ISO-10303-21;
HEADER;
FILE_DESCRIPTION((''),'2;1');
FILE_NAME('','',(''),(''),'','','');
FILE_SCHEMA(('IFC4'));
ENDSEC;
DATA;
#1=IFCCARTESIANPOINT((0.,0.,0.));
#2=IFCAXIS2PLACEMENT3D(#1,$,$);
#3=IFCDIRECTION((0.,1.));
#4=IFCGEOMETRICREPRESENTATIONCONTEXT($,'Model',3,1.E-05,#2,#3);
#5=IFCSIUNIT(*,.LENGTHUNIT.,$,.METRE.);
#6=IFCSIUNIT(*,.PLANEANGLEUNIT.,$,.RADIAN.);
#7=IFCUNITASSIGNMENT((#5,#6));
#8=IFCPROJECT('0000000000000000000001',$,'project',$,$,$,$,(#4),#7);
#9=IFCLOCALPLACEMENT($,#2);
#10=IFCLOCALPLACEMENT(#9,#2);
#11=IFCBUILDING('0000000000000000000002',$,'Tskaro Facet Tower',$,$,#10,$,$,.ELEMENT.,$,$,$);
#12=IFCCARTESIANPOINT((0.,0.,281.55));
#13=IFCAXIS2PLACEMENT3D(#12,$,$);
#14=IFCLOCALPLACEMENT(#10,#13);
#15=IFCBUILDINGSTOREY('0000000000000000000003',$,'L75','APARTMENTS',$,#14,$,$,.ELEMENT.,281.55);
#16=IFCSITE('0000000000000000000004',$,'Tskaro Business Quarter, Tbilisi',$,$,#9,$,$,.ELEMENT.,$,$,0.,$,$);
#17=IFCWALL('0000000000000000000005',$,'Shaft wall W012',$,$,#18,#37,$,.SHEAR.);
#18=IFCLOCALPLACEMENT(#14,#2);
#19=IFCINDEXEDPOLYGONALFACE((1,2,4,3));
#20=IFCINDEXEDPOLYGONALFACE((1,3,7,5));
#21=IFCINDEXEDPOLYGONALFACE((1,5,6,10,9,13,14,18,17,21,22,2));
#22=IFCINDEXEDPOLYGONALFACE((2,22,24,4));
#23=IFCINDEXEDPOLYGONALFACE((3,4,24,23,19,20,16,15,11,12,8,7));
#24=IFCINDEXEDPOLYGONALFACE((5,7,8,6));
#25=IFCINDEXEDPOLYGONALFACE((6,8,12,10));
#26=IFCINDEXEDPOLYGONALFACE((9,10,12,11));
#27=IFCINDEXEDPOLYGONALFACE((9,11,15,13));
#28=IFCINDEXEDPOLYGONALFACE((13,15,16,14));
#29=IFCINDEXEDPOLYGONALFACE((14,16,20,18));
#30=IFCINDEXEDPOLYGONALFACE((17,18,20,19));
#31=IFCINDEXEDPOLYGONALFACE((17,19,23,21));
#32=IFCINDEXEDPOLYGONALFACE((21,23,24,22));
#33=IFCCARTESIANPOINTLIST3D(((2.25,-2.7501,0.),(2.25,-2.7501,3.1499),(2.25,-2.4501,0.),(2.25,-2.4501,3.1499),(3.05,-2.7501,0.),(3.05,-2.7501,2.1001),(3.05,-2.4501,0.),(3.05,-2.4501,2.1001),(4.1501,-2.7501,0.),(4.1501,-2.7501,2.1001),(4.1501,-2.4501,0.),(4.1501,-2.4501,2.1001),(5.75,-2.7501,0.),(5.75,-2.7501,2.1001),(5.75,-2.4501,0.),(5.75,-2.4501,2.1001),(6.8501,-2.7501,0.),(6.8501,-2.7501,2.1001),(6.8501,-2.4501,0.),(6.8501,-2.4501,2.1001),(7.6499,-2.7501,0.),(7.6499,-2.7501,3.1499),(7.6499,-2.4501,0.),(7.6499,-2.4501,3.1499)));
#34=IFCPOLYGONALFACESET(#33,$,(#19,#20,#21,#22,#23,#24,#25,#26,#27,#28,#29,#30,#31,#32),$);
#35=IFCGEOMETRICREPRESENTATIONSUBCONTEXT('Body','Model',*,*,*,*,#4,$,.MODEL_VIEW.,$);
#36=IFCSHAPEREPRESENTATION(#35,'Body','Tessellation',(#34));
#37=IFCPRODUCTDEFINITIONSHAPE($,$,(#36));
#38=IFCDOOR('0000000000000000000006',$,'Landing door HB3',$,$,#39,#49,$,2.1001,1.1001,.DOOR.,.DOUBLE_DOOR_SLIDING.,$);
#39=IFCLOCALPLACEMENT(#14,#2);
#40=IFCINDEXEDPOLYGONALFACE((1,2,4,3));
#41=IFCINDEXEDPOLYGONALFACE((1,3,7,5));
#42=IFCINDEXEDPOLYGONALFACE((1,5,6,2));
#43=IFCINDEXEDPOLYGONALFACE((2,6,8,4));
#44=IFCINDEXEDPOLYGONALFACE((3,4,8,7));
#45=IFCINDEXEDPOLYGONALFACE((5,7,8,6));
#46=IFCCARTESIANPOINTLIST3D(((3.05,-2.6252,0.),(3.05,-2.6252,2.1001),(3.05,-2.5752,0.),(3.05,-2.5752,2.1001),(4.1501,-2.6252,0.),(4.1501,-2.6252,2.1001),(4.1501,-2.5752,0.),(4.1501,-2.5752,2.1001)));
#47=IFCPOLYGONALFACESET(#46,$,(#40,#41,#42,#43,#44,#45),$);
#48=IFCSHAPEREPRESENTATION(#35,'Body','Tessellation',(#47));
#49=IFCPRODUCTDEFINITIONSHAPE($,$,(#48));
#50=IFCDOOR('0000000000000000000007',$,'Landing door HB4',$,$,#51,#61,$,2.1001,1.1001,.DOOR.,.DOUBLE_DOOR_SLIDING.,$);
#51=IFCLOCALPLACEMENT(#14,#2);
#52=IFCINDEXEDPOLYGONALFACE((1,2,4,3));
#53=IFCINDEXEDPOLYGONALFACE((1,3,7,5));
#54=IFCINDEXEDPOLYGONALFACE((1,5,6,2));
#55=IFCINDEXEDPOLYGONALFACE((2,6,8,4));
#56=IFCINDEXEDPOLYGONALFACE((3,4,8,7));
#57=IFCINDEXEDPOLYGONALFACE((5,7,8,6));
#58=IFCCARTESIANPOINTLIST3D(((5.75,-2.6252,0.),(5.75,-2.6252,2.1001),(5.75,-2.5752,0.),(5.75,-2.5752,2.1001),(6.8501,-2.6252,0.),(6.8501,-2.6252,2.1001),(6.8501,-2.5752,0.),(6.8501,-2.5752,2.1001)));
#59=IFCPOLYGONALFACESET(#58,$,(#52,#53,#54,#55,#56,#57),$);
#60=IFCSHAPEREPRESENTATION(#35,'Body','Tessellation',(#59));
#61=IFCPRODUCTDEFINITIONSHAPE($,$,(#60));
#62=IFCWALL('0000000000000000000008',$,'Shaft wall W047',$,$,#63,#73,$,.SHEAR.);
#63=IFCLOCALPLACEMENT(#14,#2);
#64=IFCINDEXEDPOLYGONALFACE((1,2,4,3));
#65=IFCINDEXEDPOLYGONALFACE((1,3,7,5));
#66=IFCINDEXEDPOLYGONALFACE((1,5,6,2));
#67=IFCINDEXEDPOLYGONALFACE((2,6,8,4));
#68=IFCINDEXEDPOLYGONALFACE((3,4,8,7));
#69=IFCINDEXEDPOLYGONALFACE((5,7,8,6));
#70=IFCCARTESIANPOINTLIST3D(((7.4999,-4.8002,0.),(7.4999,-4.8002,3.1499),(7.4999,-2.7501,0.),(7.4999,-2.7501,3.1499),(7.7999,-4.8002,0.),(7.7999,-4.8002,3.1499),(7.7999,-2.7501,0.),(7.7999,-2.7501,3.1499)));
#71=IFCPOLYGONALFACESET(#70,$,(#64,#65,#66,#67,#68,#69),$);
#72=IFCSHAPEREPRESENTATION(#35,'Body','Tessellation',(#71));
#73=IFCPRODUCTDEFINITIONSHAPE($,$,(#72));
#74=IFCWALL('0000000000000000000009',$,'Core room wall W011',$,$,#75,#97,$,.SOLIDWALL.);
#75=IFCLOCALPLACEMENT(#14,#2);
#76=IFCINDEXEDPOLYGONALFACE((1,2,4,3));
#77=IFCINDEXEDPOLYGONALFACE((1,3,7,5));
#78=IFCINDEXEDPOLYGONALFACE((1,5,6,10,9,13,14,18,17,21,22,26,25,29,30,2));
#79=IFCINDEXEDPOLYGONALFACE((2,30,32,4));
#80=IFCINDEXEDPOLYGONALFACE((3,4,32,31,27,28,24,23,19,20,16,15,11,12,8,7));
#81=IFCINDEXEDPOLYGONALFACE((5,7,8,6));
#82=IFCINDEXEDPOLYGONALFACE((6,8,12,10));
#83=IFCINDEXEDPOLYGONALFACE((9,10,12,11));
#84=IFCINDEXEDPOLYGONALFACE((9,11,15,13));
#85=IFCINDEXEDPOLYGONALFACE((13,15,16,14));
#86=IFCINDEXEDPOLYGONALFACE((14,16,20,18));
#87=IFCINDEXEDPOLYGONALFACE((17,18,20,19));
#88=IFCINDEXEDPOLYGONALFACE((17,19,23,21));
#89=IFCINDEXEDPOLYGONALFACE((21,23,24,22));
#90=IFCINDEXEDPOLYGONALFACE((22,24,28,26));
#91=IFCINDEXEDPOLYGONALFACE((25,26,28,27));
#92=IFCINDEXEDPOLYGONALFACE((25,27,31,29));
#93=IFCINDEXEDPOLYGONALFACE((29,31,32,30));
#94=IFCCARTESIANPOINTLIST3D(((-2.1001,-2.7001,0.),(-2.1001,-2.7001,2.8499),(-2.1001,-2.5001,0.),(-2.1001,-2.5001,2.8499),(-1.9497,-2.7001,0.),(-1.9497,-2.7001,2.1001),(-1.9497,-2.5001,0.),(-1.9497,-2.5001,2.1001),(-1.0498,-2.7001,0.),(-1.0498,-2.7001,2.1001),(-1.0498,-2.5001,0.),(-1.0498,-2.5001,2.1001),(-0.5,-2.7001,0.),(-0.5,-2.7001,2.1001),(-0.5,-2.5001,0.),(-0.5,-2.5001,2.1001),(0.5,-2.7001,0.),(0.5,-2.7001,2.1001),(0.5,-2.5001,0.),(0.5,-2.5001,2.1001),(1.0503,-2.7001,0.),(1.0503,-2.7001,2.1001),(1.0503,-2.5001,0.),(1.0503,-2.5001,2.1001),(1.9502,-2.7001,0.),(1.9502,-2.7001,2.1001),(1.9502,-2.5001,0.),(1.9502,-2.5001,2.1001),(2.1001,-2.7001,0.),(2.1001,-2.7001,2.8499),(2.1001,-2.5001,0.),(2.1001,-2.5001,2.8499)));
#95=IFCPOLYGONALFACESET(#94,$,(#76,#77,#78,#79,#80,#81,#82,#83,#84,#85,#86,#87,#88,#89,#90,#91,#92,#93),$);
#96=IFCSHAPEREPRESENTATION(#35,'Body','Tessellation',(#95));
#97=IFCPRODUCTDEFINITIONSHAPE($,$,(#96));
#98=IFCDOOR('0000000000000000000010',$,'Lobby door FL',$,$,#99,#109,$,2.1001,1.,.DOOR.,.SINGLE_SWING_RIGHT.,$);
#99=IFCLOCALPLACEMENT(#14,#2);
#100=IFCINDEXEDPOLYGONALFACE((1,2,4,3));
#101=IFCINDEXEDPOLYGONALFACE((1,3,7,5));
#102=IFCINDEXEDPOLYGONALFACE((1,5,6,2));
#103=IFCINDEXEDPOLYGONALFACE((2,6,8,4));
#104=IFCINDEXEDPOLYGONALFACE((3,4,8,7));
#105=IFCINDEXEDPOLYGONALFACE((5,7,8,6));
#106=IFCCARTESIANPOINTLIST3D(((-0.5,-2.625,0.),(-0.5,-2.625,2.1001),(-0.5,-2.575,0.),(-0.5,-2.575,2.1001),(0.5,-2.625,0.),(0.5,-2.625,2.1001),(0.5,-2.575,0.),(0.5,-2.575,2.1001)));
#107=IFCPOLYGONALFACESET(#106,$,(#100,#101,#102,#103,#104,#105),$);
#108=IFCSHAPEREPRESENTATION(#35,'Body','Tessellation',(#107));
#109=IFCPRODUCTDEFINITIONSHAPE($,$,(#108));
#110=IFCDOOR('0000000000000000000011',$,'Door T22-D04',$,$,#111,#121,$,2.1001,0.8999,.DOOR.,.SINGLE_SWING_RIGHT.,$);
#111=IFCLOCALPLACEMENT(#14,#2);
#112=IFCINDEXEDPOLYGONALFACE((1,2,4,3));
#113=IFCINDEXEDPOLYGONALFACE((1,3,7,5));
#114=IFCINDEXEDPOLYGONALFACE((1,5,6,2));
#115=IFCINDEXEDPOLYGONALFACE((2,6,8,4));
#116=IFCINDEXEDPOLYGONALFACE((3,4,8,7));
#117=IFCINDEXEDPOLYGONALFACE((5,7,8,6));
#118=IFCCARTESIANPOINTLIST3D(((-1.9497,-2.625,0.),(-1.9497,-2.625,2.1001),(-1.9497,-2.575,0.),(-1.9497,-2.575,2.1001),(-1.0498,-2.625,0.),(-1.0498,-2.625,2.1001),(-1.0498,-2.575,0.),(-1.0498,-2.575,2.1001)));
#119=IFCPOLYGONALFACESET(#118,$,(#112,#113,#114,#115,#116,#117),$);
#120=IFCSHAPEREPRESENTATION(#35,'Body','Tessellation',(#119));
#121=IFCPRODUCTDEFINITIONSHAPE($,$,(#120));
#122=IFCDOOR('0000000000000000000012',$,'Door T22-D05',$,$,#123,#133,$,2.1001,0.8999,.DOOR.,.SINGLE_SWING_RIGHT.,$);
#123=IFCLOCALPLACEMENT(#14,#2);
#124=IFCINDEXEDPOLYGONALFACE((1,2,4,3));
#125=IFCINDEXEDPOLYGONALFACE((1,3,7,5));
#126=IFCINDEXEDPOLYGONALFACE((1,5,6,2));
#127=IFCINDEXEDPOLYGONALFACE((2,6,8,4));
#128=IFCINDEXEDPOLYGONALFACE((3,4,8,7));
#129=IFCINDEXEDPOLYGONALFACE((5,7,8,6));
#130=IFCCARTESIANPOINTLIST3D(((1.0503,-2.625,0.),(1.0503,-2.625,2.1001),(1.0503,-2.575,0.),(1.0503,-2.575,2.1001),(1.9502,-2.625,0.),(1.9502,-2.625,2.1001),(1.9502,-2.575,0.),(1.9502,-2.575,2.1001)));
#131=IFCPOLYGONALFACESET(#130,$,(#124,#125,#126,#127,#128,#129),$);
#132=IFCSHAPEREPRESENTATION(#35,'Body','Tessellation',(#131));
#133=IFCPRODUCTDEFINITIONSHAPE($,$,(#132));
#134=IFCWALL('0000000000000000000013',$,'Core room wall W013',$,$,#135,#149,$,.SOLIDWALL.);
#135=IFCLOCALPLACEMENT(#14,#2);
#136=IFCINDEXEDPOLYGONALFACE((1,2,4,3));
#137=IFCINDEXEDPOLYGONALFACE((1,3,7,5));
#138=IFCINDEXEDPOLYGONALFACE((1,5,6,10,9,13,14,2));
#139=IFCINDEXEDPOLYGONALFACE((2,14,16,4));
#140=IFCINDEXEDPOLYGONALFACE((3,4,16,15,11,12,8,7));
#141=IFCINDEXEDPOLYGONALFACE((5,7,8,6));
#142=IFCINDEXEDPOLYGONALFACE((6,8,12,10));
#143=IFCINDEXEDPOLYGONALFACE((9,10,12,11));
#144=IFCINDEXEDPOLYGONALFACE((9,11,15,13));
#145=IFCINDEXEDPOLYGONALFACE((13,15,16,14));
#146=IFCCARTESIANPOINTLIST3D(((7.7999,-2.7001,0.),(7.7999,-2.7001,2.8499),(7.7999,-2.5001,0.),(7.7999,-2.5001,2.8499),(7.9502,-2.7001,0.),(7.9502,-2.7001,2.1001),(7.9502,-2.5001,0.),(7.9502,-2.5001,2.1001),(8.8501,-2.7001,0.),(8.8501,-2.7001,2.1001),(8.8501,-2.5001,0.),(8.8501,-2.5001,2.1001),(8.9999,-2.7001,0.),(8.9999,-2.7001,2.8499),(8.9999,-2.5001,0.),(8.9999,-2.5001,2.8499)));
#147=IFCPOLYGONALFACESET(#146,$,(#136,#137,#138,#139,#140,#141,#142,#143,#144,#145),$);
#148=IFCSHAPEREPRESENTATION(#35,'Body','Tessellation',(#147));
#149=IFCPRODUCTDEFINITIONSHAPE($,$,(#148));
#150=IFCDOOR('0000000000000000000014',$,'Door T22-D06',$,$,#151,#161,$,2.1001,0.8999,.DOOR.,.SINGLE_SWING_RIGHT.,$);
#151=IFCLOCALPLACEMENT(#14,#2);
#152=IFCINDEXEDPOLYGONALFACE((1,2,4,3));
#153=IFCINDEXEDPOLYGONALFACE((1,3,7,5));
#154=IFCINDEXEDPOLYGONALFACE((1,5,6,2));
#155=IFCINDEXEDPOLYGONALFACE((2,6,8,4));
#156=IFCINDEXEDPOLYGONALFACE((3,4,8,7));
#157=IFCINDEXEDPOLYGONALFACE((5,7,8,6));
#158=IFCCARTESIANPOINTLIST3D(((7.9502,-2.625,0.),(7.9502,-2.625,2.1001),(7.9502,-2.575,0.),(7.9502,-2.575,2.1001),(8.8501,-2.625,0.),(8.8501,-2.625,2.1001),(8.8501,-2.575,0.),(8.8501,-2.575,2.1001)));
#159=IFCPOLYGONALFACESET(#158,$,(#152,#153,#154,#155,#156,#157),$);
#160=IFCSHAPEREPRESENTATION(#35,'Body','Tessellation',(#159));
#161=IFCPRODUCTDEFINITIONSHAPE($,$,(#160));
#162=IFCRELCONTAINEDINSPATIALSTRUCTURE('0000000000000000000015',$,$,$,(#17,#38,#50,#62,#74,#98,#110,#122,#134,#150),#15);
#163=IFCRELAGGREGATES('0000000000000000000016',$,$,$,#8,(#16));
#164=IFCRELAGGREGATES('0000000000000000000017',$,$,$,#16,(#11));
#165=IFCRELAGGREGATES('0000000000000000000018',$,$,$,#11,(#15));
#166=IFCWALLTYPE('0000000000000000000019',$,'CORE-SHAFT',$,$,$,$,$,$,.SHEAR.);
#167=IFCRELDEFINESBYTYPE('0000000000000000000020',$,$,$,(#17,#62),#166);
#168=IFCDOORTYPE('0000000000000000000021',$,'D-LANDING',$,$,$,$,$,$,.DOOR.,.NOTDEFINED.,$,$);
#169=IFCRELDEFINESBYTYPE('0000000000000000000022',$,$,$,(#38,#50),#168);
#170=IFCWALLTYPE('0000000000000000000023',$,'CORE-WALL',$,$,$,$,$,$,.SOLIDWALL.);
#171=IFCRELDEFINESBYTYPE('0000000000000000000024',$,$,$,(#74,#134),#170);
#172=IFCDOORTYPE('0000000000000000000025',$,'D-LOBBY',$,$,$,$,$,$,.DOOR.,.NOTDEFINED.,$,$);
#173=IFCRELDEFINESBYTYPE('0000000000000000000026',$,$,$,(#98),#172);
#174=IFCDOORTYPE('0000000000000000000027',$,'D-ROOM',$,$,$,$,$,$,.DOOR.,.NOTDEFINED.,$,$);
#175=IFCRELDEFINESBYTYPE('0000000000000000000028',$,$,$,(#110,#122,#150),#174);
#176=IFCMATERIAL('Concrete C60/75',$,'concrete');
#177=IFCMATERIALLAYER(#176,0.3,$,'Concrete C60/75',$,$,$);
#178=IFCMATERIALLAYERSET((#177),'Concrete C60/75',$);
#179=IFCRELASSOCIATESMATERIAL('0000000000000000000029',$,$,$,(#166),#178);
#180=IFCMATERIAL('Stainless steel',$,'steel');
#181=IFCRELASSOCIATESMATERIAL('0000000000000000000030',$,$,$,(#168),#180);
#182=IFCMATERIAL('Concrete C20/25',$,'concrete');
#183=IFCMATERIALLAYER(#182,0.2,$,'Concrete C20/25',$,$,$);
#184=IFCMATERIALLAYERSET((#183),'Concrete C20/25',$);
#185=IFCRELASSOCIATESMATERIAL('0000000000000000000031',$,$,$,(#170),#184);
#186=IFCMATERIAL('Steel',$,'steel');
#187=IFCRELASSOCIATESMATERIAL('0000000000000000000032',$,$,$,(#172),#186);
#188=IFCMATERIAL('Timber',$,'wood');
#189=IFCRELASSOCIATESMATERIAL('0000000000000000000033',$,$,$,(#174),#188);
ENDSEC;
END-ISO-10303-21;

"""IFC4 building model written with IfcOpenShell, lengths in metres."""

from ifc_helpers import new_model, si_unit, direction, frame, frame_2d, origin, place, context, subcontext, project, spatial, rectangle, extrude, material, layer, layer_set, type_object, element, fill, save


model = new_model("IFC4")

# Units and contexts
model_context = context("Model", 3, precision=1e-05, world=origin(), true_north=direction((0.0, 1.0)))
body_context = subcontext(model_context, "Body", "Model", "MODEL_VIEW")
ifc_project = project(units=[si_unit("LENGTHUNIT", "METRE"), si_unit("PLANEANGLEUNIT", "RADIAN")], contexts=[model_context])

# Site, building, storey
site_placement = place(None, origin())
site = spatial("IfcSite", under=ifc_project, at=site_placement, Name="Tskaro Business Quarter, Tbilisi", CompositionType="ELEMENT", RefElevation=0.0)
building_placement = place(site_placement, origin())
building = spatial("IfcBuilding", under=site, at=building_placement, Name="Tskaro Facet Tower", CompositionType="ELEMENT")
storey_placement = place(building_placement, frame((0.0, 0.0, 281.55)))
storey = spatial("IfcBuildingStorey", under=building, at=storey_placement, Name="L75", Description="APARTMENTS", CompositionType="ELEMENT", Elevation=281.55)

# Wall, openings, doors
ifc_material_1 = material(Name="Concrete C60/75", Category="concrete")
ifc_layer_1 = layer(ifc_material_1, 0.3, Name="Concrete C60/75")
ifc_layer_set_1 = layer_set([ifc_layer_1], Name="Concrete C60/75")
wall_type_1 = type_object("IfcWallType", Name="CORE-SHAFT", PredefinedType="SHEAR", material=ifc_layer_set_1)
wall_1_placement = place(storey_placement, frame((2.25, -2.6001, 0.0), z_axis=(0.0, 0.0, 1.0), x_axis=(1.0, 0.0, 0.0)))
wall_1 = element("IfcWall", 1, at=wall_1_placement, inside=storey, type_object=wall_type_1, Name="Shaft wall W012", PredefinedType="SHEAR", context=body_context, shape_type="SweptSolid", body=[
    extrude(rectangle(XDim=5.3999, YDim=0.3, at=frame_2d((2.7, 0.0))), origin(), (0.0, 0.0, 1.0), 3.1499),
])
opening_1_placement = place(wall_1_placement, frame((0.8, 0.0, 0.0)))
opening_1 = element("IfcOpeningElement", 2, at=opening_1_placement, cuts=wall_1, PredefinedType="OPENING", context=body_context, shape_type="SweptSolid", body=[
    extrude(rectangle(XDim=1.1001, YDim=2.1001, at=frame_2d((0.55, 1.05))), frame((0.0, 0.1599, 0.0), z_axis=(0.0, -1.0, 0.0), x_axis=(1.0, 0.0, 0.0)), (0.0, 0.0, 1.0), 0.3201),
])
opening_2_placement = place(wall_1_placement, frame((3.5, 0.0, 0.0)))
opening_2 = element("IfcOpeningElement", 3, at=opening_2_placement, cuts=wall_1, PredefinedType="OPENING", context=body_context, shape_type="SweptSolid", body=[
    extrude(rectangle(XDim=1.1001, YDim=2.1001, at=frame_2d((0.55, 1.05))), frame((0.0, 0.1599, 0.0), z_axis=(0.0, -1.0, 0.0), x_axis=(1.0, 0.0, 0.0)), (0.0, 0.0, 1.0), 0.3201),
])
ifc_material_2 = material(Name="Stainless steel", Category="steel")
door_type_1 = type_object("IfcDoorType", Name="D-LANDING", OperationType="NOTDEFINED", PredefinedType="DOOR", material=ifc_material_2)
door_1_placement = place(opening_1_placement, origin())
door_1 = element("IfcDoor", 4, at=door_1_placement, inside=storey, type_object=door_type_1, Name="Landing door HB3", OperationType="DOUBLE_DOOR_SLIDING", OverallHeight=2.1001, OverallWidth=1.1001, PredefinedType="DOOR", context=body_context, shape_type="SweptSolid", body=[
    extrude(rectangle(XDim=1.1001, YDim=2.1001, at=frame_2d((0.55, 1.05))), frame((0.0, 0.0249, 0.0), z_axis=(0.0, -1.0, 0.0), x_axis=(1.0, 0.0, 0.0)), (0.0, 0.0, 1.0), 0.05),
])
fill(opening_1, door_1)
door_2_placement = place(opening_2_placement, origin())
door_2 = element("IfcDoor", 5, at=door_2_placement, inside=storey, type_object=door_type_1, Name="Landing door HB4", OperationType="DOUBLE_DOOR_SLIDING", OverallHeight=2.1001, OverallWidth=1.1001, PredefinedType="DOOR", context=body_context, shape_type="SweptSolid", body=[
    extrude(rectangle(XDim=1.1001, YDim=2.1001, at=frame_2d((0.55, 1.05))), frame((0.0, 0.0249, 0.0), z_axis=(0.0, -1.0, 0.0), x_axis=(1.0, 0.0, 0.0)), (0.0, 0.0, 1.0), 0.05),
])
fill(opening_2, door_2)

# Wall
wall_2_placement = place(storey_placement, frame((7.6499, -4.8, 0.0), z_axis=(0.0, 0.0, 1.0), x_axis=(0.0, 1.0, 0.0)))
element("IfcWall", 6, at=wall_2_placement, inside=storey, type_object=wall_type_1, Name="Shaft wall W047", PredefinedType="SHEAR", context=body_context, shape_type="SweptSolid", body=[
    extrude(rectangle(XDim=2.05, YDim=0.3, at=frame_2d((1.0249, 0.0))), origin(), (0.0, 0.0, 1.0), 3.1499),
])

# Wall, openings, doors
ifc_material_3 = material(Name="Concrete C20/25", Category="concrete")
ifc_layer_2 = layer(ifc_material_3, 0.2, Name="Concrete C20/25")
ifc_layer_set_2 = layer_set([ifc_layer_2], Name="Concrete C20/25")
wall_type_2 = type_object("IfcWallType", Name="CORE-WALL", PredefinedType="SOLIDWALL", material=ifc_layer_set_2)
wall_3_placement = place(storey_placement, frame((2.1001, -2.6001, 0.0), z_axis=(0.0, 0.0, 1.0), x_axis=(-1.0, 0.0, 0.0)))
wall_3 = element("IfcWall", 7, at=wall_3_placement, inside=storey, type_object=wall_type_2, Name="Core room wall W011", PredefinedType="SOLIDWALL", context=body_context, shape_type="SweptSolid", body=[
    extrude(rectangle(XDim=4.2002, YDim=0.2, at=frame_2d((2.1001, 0.0))), origin(), (0.0, 0.0, 1.0), 2.8499),
])
opening_3_placement = place(wall_3_placement, frame((1.6001, 0.0, 0.0)))
opening_3 = element("IfcOpeningElement", 8, at=opening_3_placement, cuts=wall_3, PredefinedType="OPENING", context=body_context, shape_type="SweptSolid", body=[
    extrude(rectangle(XDim=1.0, YDim=2.1001, at=frame_2d((0.5, 1.05))), frame((0.0, 0.1099, 0.0), z_axis=(0.0, -1.0, 0.0), x_axis=(1.0, 0.0, 0.0)), (0.0, 0.0, 1.0), 0.22),
])
opening_4_placement = place(wall_3_placement, frame((3.1499, 0.0, 0.0)))
opening_4 = element("IfcOpeningElement", 9, at=opening_4_placement, cuts=wall_3, PredefinedType="OPENING", context=body_context, shape_type="SweptSolid", body=[
    extrude(rectangle(XDim=0.8999, YDim=2.1001, at=frame_2d((0.45, 1.05))), frame((0.0, 0.1099, 0.0), z_axis=(0.0, -1.0, 0.0), x_axis=(1.0, 0.0, 0.0)), (0.0, 0.0, 1.0), 0.22),
])
opening_5_placement = place(wall_3_placement, frame((0.1499, 0.0, 0.0)))
opening_5 = element("IfcOpeningElement", 10, at=opening_5_placement, cuts=wall_3, PredefinedType="OPENING", context=body_context, shape_type="SweptSolid", body=[
    extrude(rectangle(XDim=0.8999, YDim=2.1001, at=frame_2d((0.45, 1.05))), frame((0.0, 0.1099, 0.0), z_axis=(0.0, -1.0, 0.0), x_axis=(1.0, 0.0, 0.0)), (0.0, 0.0, 1.0), 0.22),
])
ifc_material_4 = material(Name="Steel", Category="steel")
door_type_2 = type_object("IfcDoorType", Name="D-LOBBY", OperationType="NOTDEFINED", PredefinedType="DOOR", material=ifc_material_4)
door_3_placement = place(opening_3_placement, origin())
door_3 = element("IfcDoor", 11, at=door_3_placement, inside=storey, type_object=door_type_2, Name="Lobby door FL", OperationType="SINGLE_SWING_RIGHT", OverallHeight=2.1001, OverallWidth=1.0, PredefinedType="DOOR", context=body_context, shape_type="SweptSolid", body=[
    extrude(rectangle(XDim=1.0, YDim=2.1001, at=frame_2d((0.5, 1.05))), frame((0.0, 0.0249, 0.0), z_axis=(0.0, -1.0, 0.0), x_axis=(1.0, 0.0, 0.0)), (0.0, 0.0, 1.0), 0.05),
])
fill(opening_3, door_3)
ifc_material_5 = material(Name="Timber", Category="wood")
door_type_3 = type_object("IfcDoorType", Name="D-ROOM", OperationType="NOTDEFINED", PredefinedType="DOOR", material=ifc_material_5)
door_4_placement = place(opening_4_placement, origin())
door_4 = element("IfcDoor", 12, at=door_4_placement, inside=storey, type_object=door_type_3, Name="Door T22-D04", OperationType="SINGLE_SWING_RIGHT", OverallHeight=2.1001, OverallWidth=0.8999, PredefinedType="DOOR", context=body_context, shape_type="SweptSolid", body=[
    extrude(rectangle(XDim=0.8999, YDim=2.1001, at=frame_2d((0.45, 1.05))), frame((0.0, 0.0249, 0.0), z_axis=(0.0, -1.0, 0.0), x_axis=(1.0, 0.0, 0.0)), (0.0, 0.0, 1.0), 0.05),
])
fill(opening_4, door_4)
door_5_placement = place(opening_5_placement, origin())
door_5 = element("IfcDoor", 13, at=door_5_placement, inside=storey, type_object=door_type_3, Name="Door T22-D05", OperationType="SINGLE_SWING_RIGHT", OverallHeight=2.1001, OverallWidth=0.8999, PredefinedType="DOOR", context=body_context, shape_type="SweptSolid", body=[
    extrude(rectangle(XDim=0.8999, YDim=2.1001, at=frame_2d((0.45, 1.05))), frame((0.0, 0.0249, 0.0), z_axis=(0.0, -1.0, 0.0), x_axis=(1.0, 0.0, 0.0)), (0.0, 0.0, 1.0), 0.05),
])
fill(opening_5, door_5)

# Wall, opening, door
wall_4_placement = place(storey_placement, frame((9.0, -2.6001, 0.0), z_axis=(0.0, 0.0, 1.0), x_axis=(-1.0, 0.0, 0.0)))
wall_4 = element("IfcWall", 14, at=wall_4_placement, inside=storey, type_object=wall_type_2, Name="Core room wall W013", PredefinedType="SOLIDWALL", context=body_context, shape_type="SweptSolid", body=[
    extrude(rectangle(XDim=1.2, YDim=0.2, at=frame_2d((0.6001, 0.0))), origin(), (0.0, 0.0, 1.0), 2.8499),
])
opening_6_placement = place(wall_4_placement, frame((0.1499, 0.0, 0.0)))
opening_6 = element("IfcOpeningElement", 15, at=opening_6_placement, cuts=wall_4, PredefinedType="OPENING", context=body_context, shape_type="SweptSolid", body=[
    extrude(rectangle(XDim=0.8999, YDim=2.1001, at=frame_2d((0.45, 1.05))), frame((0.0, 0.1099, 0.0), z_axis=(0.0, -1.0, 0.0), x_axis=(1.0, 0.0, 0.0)), (0.0, 0.0, 1.0), 0.22),
])
door_6_placement = place(opening_6_placement, origin())
door_6 = element("IfcDoor", 16, at=door_6_placement, inside=storey, type_object=door_type_3, Name="Door T22-D06", OperationType="SINGLE_SWING_RIGHT", OverallHeight=2.1001, OverallWidth=0.8999, PredefinedType="DOOR", context=body_context, shape_type="SweptSolid", body=[
    extrude(rectangle(XDim=0.8999, YDim=2.1001, at=frame_2d((0.45, 1.05))), frame((0.0, 0.0249, 0.0), z_axis=(0.0, -1.0, 0.0), x_axis=(1.0, 0.0, 0.0)), (0.0, 0.0, 1.0), 0.05),
])
fill(opening_6, door_6)

save(model, "model.ifc")
